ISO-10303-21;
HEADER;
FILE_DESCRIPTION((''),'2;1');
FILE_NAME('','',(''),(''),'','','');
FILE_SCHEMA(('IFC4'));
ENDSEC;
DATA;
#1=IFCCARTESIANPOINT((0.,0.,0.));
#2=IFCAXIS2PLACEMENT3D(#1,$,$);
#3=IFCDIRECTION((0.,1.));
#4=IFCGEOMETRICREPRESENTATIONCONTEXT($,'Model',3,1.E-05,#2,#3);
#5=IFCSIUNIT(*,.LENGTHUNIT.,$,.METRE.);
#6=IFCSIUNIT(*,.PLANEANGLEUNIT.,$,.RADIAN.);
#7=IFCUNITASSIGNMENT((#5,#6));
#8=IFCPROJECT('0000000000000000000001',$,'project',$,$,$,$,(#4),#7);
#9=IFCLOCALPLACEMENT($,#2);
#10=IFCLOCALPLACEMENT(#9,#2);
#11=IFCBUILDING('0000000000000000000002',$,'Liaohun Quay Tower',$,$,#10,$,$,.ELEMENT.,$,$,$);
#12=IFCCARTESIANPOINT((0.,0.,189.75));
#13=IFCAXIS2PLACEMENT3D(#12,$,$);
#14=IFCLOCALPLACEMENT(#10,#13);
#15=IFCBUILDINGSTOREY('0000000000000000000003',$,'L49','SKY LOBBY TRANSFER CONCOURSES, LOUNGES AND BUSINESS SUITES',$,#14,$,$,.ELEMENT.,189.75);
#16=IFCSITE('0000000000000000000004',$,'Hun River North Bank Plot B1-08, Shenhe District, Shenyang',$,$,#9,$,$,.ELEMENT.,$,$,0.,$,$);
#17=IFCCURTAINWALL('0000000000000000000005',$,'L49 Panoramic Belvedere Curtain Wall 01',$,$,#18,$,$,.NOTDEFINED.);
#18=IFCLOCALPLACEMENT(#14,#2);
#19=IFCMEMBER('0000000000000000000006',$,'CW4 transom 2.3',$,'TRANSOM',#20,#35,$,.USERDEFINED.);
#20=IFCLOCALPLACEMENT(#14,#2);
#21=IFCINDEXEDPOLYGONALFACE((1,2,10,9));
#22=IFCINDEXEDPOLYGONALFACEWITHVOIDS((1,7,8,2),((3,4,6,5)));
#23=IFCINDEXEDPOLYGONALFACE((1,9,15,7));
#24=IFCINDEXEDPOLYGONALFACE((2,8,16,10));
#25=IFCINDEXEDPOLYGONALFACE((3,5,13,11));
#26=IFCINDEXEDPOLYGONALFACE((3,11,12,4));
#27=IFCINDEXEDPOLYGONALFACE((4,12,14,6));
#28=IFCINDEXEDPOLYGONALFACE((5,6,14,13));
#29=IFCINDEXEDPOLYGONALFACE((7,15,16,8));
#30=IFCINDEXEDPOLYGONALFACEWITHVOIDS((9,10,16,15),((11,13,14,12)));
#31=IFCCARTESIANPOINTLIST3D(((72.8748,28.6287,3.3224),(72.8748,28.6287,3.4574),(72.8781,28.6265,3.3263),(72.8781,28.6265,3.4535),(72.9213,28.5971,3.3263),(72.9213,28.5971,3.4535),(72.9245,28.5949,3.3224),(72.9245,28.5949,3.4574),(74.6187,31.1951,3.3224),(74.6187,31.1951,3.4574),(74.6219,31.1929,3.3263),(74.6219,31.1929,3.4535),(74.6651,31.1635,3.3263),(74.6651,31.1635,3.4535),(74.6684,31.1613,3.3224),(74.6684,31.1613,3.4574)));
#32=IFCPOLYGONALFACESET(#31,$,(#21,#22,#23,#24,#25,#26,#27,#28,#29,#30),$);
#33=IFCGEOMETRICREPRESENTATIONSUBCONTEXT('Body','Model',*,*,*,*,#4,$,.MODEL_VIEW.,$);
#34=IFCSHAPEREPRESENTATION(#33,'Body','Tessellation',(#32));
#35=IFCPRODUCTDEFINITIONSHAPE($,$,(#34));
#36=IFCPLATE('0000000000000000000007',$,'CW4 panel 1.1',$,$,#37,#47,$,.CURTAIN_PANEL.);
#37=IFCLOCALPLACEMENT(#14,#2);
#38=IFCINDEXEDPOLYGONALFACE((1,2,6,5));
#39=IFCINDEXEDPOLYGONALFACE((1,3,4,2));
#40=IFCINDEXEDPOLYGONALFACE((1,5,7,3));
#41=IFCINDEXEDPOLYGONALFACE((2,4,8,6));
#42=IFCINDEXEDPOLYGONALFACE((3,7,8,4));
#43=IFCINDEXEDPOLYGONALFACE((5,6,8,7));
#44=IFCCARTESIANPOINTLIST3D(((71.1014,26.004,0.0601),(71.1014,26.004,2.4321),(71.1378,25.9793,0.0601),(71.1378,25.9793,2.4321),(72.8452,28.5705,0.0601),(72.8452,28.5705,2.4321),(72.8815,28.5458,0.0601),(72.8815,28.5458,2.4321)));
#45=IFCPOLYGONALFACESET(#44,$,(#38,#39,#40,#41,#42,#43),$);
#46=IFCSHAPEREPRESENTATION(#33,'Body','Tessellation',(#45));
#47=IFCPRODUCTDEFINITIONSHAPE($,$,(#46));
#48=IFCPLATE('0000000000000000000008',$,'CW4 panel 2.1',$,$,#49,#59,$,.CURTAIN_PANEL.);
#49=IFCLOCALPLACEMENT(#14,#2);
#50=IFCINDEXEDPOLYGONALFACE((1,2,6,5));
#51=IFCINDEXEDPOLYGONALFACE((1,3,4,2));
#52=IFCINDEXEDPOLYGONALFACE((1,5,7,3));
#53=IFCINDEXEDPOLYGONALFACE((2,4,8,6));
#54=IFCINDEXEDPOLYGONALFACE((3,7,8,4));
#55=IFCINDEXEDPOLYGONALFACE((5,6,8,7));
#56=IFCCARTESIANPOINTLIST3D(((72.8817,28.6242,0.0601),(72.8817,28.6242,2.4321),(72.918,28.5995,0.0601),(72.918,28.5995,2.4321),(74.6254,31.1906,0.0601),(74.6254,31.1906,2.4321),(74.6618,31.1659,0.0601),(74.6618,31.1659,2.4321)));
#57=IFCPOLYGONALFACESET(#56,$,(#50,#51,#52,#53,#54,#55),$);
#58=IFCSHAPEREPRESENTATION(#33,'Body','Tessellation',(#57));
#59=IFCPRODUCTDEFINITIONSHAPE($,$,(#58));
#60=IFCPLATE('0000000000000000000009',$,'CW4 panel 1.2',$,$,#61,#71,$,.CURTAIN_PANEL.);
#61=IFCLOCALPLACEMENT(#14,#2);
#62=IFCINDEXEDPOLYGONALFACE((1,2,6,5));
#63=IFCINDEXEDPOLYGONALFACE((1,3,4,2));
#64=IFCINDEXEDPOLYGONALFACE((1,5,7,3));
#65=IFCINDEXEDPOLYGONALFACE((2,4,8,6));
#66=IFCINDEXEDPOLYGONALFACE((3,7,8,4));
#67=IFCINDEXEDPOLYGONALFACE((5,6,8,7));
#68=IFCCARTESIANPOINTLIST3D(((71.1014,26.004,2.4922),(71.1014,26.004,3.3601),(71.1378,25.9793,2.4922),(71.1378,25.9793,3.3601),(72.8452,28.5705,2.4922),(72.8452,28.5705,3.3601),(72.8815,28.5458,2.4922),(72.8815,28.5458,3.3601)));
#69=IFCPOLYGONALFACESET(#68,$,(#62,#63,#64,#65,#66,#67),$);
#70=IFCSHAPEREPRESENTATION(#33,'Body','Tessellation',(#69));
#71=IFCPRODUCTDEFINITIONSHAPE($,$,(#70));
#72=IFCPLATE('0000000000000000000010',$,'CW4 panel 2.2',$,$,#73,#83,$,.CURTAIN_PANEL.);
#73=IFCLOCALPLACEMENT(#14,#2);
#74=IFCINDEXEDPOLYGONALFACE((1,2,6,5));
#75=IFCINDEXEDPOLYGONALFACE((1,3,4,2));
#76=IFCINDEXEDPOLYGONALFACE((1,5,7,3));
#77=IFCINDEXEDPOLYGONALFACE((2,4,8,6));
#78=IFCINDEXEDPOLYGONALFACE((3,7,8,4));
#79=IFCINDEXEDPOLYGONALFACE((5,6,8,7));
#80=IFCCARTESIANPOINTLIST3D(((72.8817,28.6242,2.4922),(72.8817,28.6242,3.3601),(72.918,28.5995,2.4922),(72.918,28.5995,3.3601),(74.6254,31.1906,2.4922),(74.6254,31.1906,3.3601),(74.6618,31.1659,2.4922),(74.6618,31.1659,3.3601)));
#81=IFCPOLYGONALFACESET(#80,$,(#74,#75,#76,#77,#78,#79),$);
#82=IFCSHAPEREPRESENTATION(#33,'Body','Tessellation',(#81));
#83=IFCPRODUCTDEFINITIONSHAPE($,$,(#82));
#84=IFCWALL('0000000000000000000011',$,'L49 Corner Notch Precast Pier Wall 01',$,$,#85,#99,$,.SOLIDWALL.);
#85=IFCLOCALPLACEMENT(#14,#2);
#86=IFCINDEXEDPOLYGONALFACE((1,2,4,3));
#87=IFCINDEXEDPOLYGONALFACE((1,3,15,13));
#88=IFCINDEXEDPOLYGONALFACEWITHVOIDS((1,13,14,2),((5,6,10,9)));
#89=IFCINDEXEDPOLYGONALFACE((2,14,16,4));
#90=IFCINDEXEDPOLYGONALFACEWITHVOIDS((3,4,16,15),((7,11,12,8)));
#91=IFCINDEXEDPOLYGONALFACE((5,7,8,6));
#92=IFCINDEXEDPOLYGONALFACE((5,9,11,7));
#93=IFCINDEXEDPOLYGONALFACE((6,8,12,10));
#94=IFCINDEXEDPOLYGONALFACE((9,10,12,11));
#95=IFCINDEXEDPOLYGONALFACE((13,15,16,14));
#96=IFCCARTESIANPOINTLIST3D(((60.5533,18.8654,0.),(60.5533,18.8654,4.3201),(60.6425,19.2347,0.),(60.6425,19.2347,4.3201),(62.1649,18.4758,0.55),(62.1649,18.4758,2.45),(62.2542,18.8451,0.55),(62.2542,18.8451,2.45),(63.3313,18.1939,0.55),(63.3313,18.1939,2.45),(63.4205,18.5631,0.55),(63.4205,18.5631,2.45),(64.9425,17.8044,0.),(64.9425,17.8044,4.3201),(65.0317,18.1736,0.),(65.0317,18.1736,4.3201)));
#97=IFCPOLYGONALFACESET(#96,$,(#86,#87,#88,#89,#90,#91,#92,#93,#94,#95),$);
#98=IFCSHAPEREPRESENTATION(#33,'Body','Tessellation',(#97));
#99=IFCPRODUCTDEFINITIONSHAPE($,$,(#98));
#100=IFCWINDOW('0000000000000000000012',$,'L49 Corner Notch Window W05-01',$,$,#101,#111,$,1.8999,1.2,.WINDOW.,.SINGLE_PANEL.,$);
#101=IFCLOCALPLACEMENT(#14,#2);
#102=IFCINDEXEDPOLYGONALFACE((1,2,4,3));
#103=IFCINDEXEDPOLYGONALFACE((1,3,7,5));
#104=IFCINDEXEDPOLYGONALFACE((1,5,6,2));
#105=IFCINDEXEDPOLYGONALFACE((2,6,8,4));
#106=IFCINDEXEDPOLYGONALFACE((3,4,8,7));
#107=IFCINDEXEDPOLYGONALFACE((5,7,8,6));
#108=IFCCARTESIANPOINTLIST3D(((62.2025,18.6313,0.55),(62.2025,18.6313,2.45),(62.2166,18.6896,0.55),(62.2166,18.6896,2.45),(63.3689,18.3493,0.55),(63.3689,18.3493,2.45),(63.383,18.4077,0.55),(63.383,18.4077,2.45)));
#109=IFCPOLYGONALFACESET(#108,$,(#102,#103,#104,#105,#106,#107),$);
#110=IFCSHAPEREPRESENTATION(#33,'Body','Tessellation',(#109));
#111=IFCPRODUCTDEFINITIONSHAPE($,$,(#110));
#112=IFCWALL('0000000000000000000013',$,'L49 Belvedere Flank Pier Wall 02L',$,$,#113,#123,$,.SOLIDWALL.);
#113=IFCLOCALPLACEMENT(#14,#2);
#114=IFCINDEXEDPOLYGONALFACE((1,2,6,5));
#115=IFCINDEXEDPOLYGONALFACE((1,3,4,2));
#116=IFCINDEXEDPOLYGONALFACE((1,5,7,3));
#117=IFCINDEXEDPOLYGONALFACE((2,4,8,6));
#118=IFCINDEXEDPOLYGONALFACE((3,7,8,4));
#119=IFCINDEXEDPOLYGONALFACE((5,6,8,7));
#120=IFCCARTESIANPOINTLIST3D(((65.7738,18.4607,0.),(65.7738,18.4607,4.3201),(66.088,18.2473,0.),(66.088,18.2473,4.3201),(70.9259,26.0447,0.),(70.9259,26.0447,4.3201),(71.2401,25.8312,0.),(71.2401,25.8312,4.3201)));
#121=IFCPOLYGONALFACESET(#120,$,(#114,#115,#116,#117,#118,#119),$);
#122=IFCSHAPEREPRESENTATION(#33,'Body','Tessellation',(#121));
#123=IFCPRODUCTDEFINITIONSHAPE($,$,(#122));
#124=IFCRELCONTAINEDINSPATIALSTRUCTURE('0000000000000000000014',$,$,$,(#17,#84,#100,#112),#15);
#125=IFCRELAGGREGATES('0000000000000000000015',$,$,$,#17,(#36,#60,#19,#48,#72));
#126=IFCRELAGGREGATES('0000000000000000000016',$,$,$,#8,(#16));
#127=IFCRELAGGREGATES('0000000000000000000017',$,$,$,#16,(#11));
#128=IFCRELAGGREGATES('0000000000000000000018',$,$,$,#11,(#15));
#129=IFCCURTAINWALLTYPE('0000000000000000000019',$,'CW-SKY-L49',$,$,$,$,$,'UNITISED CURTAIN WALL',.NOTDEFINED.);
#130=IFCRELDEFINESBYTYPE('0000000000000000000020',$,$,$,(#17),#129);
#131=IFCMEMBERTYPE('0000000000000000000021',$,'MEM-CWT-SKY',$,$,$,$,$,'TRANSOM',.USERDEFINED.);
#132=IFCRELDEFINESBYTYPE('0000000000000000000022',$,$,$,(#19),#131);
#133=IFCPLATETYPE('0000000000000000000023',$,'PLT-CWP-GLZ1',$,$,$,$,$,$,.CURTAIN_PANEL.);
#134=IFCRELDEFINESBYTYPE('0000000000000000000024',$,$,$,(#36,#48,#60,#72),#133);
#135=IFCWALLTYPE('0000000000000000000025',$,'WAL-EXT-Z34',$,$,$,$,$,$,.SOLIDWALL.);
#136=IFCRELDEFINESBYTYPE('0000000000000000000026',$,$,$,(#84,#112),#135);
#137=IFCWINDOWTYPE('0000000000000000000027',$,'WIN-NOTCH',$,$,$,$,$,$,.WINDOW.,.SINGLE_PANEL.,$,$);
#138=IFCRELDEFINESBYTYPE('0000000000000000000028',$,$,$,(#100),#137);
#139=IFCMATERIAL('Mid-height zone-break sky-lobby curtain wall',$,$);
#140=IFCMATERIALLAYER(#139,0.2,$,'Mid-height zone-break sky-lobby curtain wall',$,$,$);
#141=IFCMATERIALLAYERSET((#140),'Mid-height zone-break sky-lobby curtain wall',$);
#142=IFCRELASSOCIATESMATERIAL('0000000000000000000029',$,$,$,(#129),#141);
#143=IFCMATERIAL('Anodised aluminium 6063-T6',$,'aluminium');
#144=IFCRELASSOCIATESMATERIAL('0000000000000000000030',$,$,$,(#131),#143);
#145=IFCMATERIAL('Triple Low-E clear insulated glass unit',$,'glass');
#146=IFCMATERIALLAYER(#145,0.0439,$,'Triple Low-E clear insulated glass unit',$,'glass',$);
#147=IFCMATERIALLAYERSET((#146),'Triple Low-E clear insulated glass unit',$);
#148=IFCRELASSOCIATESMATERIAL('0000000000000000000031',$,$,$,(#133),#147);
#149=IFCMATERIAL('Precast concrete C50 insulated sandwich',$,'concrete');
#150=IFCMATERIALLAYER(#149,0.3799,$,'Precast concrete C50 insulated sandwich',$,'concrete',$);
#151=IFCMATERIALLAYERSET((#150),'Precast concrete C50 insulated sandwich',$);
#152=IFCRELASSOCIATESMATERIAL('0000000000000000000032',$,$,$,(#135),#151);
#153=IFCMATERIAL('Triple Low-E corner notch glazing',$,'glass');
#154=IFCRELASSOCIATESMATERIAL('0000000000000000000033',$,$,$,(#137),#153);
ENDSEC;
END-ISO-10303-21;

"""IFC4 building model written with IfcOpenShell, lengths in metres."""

from ifc_helpers import new_model, si_unit, direction, frame, frame_2d, origin, origin_2d, place, context, subcontext, project, spatial, rectangle, hollow_rectangle, extrude, source, transform, mapped, material, layer, layer_set, material_profile, profile_set, type_object, element, fill, aggregate, save


model = new_model("IFC4")

# Units and contexts
model_context = context("Model", 3, precision=1e-05, world=origin(), true_north=direction((0.0, 1.0)))
body_context = subcontext(model_context, "Body", "Model", "MODEL_VIEW")
ifc_project = project(units=[si_unit("LENGTHUNIT", "METRE"), si_unit("PLANEANGLEUNIT", "RADIAN")], contexts=[model_context])

# Site, building, storey
site_placement = place(None, origin())
site = spatial("IfcSite", under=ifc_project, at=site_placement, Name="Hun River North Bank Plot B1-08, Shenhe District, Shenyang", CompositionType="ELEMENT", RefElevation=0.0)
building_placement = place(site_placement, origin())
building = spatial("IfcBuilding", under=site, at=building_placement, Name="Liaohun Quay Tower", CompositionType="ELEMENT")
storey_placement = place(building_placement, frame((0.0, 0.0, 189.75)))
storey = spatial("IfcBuildingStorey", under=building, at=storey_placement, Name="L49", Description="SKY LOBBY TRANSFER CONCOURSES, LOUNGES AND BUSINESS SUITES", CompositionType="ELEMENT", Elevation=189.75)

# Curtain wall, member, plates
ifc_material_1 = material(Name="Mid-height zone-break sky-lobby curtain wall")
ifc_layer_1 = layer(ifc_material_1, 0.2, Name="Mid-height zone-break sky-lobby curtain wall")
ifc_layer_set_1 = layer_set([ifc_layer_1], Name="Mid-height zone-break sky-lobby curtain wall")
curtain_wall_type = type_object("IfcCurtainWallType", Name="CW-SKY-L49", ElementType="UNITISED CURTAIN WALL", PredefinedType="NOTDEFINED", material=ifc_layer_set_1)
curtain_wall_placement = place(storey_placement, origin())
curtain_wall = element("IfcCurtainWall", 1, at=curtain_wall_placement, inside=storey, type_object=curtain_wall_type, Name="L49 Panoramic Belvedere Curtain Wall 01", PredefinedType="NOTDEFINED")
ifc_material_2 = material(Name="Anodised aluminium 6063-T6", Category="aluminium")
ifc_material_profile_1 = material_profile(ifc_material_2, hollow_rectangle(XDim=0.0601, YDim=0.135, WallThickness=0.0039, at=origin_2d()), Name="RHS135x60x4")
ifc_profile_set_1 = profile_set([ifc_material_profile_1], Name="Anodised aluminium 6063-T6")
member_type_1 = type_object("IfcMemberType", Name="MEM-CWT-SKY", ElementType="TRANSOM", PredefinedType="USERDEFINED", material=ifc_profile_set_1)
shared_shape_1 = source(origin(), body_context, "Body", "SweptSolid", [
    extrude(hollow_rectangle(XDim=0.0601, YDim=0.135, WallThickness=0.0039, at=origin_2d()), origin(), (0.0, 0.0, 1.0), 3.1028),
])
member_1_placement = place(storey_placement, frame((72.8997, 28.6118, 3.3899), z_axis=(0.562032, 0.827115, 0.0), x_axis=(-0.827115, 0.562032, 0.0)))
member_1 = element("IfcMember", 2, at=member_1_placement, type_object=member_type_1, Name="CW4 transom 2.3", ObjectType="TRANSOM", PredefinedType="USERDEFINED", context=body_context, shape_type="MappedRepresentation", body=[
    mapped(shared_shape_1, transform((0.0, 0.0, 0.0), x_axis=(1.0, 0.0, 0.0), y_axis=(0.0, 1.0, 0.0), z_axis=(0.0, 0.0, 1.0), scale=1.0)),
])
ifc_material_3 = material(Name="Triple Low-E clear insulated glass unit", Category="glass")
ifc_layer_2 = layer(ifc_material_3, 0.0439, Name="Triple Low-E clear insulated glass unit", Category="glass")
ifc_layer_set_2 = layer_set([ifc_layer_2], Name="Triple Low-E clear insulated glass unit")
plate_type = type_object("IfcPlateType", Name="PLT-CWP-GLZ1", PredefinedType="CURTAIN_PANEL", material=ifc_layer_set_2)
shared_shape_2 = source(origin(), body_context, "Body", "SweptSolid", [
    extrude(rectangle(XDim=3.1028, YDim=0.0439, at=origin_2d()), origin(), (0.0, 0.0, 1.0), 2.3721),
])
plate_1_placement = place(storey_placement, frame((71.9915, 27.2749, 0.0601), z_axis=(0.0, 0.0, 1.0), x_axis=(0.561998, 0.827139, 0.0)))
plate_1 = element("IfcPlate", 3, at=plate_1_placement, type_object=plate_type, Name="CW4 panel 1.1", PredefinedType="CURTAIN_PANEL", context=body_context, shape_type="MappedRepresentation", body=[
    mapped(shared_shape_2, transform((0.0, 0.0, 0.0), x_axis=(1.0, 0.0, 0.0), y_axis=(0.0, 1.0, 0.0), z_axis=(0.0, 0.0, 1.0), scale=1.0)),
])
plate_2_placement = place(storey_placement, frame((73.7717, 29.895, 0.0601), z_axis=(0.0, 0.0, 1.0), x_axis=(0.561998, 0.827139, 0.0)))
plate_2 = element("IfcPlate", 4, at=plate_2_placement, type_object=plate_type, Name="CW4 panel 2.1", PredefinedType="CURTAIN_PANEL", context=body_context, shape_type="MappedRepresentation", body=[
    mapped(shared_shape_2, transform((0.0, 0.0, 0.0), x_axis=(1.0, 0.0, 0.0), y_axis=(0.0, 1.0, 0.0), z_axis=(0.0, 0.0, 1.0), scale=1.0)),
])
shared_shape_3 = source(origin(), body_context, "Body", "SweptSolid", [
    extrude(rectangle(XDim=3.1028, YDim=0.0439, at=origin_2d()), origin(), (0.0, 0.0, 1.0), 0.8679),
])
plate_3_placement = place(storey_placement, frame((71.9915, 27.2749, 2.4922), z_axis=(0.0, 0.0, 1.0), x_axis=(0.561998, 0.827139, 0.0)))
plate_3 = element("IfcPlate", 5, at=plate_3_placement, type_object=plate_type, Name="CW4 panel 1.2", PredefinedType="CURTAIN_PANEL", context=body_context, shape_type="MappedRepresentation", body=[
    mapped(shared_shape_3, transform((0.0, 0.0, 0.0), x_axis=(1.0, 0.0, 0.0), y_axis=(0.0, 1.0, 0.0), z_axis=(0.0, 0.0, 1.0), scale=1.0)),
])
plate_4_placement = place(storey_placement, frame((73.7717, 29.895, 2.4922), z_axis=(0.0, 0.0, 1.0), x_axis=(0.561998, 0.827139, 0.0)))
plate_4 = element("IfcPlate", 6, at=plate_4_placement, type_object=plate_type, Name="CW4 panel 2.2", PredefinedType="CURTAIN_PANEL", context=body_context, shape_type="MappedRepresentation", body=[
    mapped(shared_shape_3, transform((0.0, 0.0, 0.0), x_axis=(1.0, 0.0, 0.0), y_axis=(0.0, 1.0, 0.0), z_axis=(0.0, 0.0, 1.0), scale=1.0)),
])
aggregate(curtain_wall, [plate_1, plate_3, member_1, plate_2, plate_4])

# Wall, opening, window
ifc_material_4 = material(Name="Precast concrete C50 insulated sandwich", Category="concrete")
ifc_layer_3 = layer(ifc_material_4, 0.3799, Name="Precast concrete C50 insulated sandwich", Category="concrete")
ifc_layer_set_3 = layer_set([ifc_layer_3], Name="Precast concrete C50 insulated sandwich")
wall_type = type_object("IfcWallType", Name="WAL-EXT-Z34", PredefinedType="SOLIDWALL", material=ifc_layer_set_3)
wall_1_placement = place(storey_placement, frame((60.5979, 19.05, 0.0), z_axis=(0.0, 0.0, 1.0), x_axis=(0.972002, -0.234972, 0.0)))
wall_1 = element("IfcWall", 7, at=wall_1_placement, inside=storey, type_object=wall_type, Name="L49 Corner Notch Precast Pier Wall 01", PredefinedType="SOLIDWALL", context=body_context, shape_type="SweptSolid", body=[
    extrude(rectangle(XDim=4.5156, YDim=0.3799, at=frame_2d((2.2578, 0.0))), origin(), (0.0, 0.0, 1.0), 4.3201),
])
shared_shape_4 = source(origin(), body_context, "Body", "SweptSolid", [
    extrude(rectangle(XDim=1.2, YDim=1.8999, at=frame_2d((0.6001, 0.95))), frame((0.0, 0.2, 0.0), z_axis=(0.0, -1.0, 0.0), x_axis=(1.0, 0.0, 0.0)), (0.0, 0.0, 1.0), 0.3999),
])
opening_placement = place(wall_1_placement, frame((1.658, 0.0, 0.55)))
opening = element("IfcOpeningElement", 8, at=opening_placement, cuts=wall_1, PredefinedType="OPENING", context=body_context, shape_type="MappedRepresentation", body=[
    mapped(shared_shape_4, transform((0.0, 0.0, 0.0), x_axis=(1.0, 0.0, 0.0), y_axis=(0.0, 1.0, 0.0), z_axis=(0.0, 0.0, 1.0), scale=1.0)),
])
ifc_material_5 = material(Name="Triple Low-E corner notch glazing", Category="glass")
window_type = type_object("IfcWindowType", Name="WIN-NOTCH", PartitioningType="SINGLE_PANEL", PredefinedType="WINDOW", material=ifc_material_5)
shared_shape_5 = source(origin(), body_context, "Body", "SweptSolid", [
    extrude(rectangle(XDim=1.2, YDim=1.8999, at=frame_2d((0.6001, 0.95))), frame((0.0, 0.03, 0.0), z_axis=(0.0, -1.0, 0.0), x_axis=(1.0, 0.0, 0.0)), (0.0, 0.0, 1.0), 0.0601),
])
window_placement = place(opening_placement, origin())
window = element("IfcWindow", 9, at=window_placement, inside=storey, type_object=window_type, Name="L49 Corner Notch Window W05-01", OverallHeight=1.8999, OverallWidth=1.2, PartitioningType="SINGLE_PANEL", PredefinedType="WINDOW", context=body_context, shape_type="MappedRepresentation", body=[
    mapped(shared_shape_5, transform((0.0, 0.0, 0.0), x_axis=(1.0, 0.0, 0.0), y_axis=(0.0, 1.0, 0.0), z_axis=(0.0, 0.0, 1.0), scale=1.0)),
])
fill(opening, window)

# Wall
wall_2_placement = place(storey_placement, frame((65.9309, 18.354, 0.0), z_axis=(0.0, 0.0, 1.0), x_axis=(0.561936, 0.82718, 0.0)))
element("IfcWall", 10, at=wall_2_placement, inside=storey, type_object=wall_type, Name="L49 Belvedere Flank Pier Wall 02L", PredefinedType="SOLIDWALL", context=body_context, shape_type="SweptSolid", body=[
    extrude(rectangle(XDim=9.1685, YDim=0.3799, at=frame_2d((4.5842, 0.0))), origin(), (0.0, 0.0, 1.0), 4.3201),
])

save(model, "model.ifc")
